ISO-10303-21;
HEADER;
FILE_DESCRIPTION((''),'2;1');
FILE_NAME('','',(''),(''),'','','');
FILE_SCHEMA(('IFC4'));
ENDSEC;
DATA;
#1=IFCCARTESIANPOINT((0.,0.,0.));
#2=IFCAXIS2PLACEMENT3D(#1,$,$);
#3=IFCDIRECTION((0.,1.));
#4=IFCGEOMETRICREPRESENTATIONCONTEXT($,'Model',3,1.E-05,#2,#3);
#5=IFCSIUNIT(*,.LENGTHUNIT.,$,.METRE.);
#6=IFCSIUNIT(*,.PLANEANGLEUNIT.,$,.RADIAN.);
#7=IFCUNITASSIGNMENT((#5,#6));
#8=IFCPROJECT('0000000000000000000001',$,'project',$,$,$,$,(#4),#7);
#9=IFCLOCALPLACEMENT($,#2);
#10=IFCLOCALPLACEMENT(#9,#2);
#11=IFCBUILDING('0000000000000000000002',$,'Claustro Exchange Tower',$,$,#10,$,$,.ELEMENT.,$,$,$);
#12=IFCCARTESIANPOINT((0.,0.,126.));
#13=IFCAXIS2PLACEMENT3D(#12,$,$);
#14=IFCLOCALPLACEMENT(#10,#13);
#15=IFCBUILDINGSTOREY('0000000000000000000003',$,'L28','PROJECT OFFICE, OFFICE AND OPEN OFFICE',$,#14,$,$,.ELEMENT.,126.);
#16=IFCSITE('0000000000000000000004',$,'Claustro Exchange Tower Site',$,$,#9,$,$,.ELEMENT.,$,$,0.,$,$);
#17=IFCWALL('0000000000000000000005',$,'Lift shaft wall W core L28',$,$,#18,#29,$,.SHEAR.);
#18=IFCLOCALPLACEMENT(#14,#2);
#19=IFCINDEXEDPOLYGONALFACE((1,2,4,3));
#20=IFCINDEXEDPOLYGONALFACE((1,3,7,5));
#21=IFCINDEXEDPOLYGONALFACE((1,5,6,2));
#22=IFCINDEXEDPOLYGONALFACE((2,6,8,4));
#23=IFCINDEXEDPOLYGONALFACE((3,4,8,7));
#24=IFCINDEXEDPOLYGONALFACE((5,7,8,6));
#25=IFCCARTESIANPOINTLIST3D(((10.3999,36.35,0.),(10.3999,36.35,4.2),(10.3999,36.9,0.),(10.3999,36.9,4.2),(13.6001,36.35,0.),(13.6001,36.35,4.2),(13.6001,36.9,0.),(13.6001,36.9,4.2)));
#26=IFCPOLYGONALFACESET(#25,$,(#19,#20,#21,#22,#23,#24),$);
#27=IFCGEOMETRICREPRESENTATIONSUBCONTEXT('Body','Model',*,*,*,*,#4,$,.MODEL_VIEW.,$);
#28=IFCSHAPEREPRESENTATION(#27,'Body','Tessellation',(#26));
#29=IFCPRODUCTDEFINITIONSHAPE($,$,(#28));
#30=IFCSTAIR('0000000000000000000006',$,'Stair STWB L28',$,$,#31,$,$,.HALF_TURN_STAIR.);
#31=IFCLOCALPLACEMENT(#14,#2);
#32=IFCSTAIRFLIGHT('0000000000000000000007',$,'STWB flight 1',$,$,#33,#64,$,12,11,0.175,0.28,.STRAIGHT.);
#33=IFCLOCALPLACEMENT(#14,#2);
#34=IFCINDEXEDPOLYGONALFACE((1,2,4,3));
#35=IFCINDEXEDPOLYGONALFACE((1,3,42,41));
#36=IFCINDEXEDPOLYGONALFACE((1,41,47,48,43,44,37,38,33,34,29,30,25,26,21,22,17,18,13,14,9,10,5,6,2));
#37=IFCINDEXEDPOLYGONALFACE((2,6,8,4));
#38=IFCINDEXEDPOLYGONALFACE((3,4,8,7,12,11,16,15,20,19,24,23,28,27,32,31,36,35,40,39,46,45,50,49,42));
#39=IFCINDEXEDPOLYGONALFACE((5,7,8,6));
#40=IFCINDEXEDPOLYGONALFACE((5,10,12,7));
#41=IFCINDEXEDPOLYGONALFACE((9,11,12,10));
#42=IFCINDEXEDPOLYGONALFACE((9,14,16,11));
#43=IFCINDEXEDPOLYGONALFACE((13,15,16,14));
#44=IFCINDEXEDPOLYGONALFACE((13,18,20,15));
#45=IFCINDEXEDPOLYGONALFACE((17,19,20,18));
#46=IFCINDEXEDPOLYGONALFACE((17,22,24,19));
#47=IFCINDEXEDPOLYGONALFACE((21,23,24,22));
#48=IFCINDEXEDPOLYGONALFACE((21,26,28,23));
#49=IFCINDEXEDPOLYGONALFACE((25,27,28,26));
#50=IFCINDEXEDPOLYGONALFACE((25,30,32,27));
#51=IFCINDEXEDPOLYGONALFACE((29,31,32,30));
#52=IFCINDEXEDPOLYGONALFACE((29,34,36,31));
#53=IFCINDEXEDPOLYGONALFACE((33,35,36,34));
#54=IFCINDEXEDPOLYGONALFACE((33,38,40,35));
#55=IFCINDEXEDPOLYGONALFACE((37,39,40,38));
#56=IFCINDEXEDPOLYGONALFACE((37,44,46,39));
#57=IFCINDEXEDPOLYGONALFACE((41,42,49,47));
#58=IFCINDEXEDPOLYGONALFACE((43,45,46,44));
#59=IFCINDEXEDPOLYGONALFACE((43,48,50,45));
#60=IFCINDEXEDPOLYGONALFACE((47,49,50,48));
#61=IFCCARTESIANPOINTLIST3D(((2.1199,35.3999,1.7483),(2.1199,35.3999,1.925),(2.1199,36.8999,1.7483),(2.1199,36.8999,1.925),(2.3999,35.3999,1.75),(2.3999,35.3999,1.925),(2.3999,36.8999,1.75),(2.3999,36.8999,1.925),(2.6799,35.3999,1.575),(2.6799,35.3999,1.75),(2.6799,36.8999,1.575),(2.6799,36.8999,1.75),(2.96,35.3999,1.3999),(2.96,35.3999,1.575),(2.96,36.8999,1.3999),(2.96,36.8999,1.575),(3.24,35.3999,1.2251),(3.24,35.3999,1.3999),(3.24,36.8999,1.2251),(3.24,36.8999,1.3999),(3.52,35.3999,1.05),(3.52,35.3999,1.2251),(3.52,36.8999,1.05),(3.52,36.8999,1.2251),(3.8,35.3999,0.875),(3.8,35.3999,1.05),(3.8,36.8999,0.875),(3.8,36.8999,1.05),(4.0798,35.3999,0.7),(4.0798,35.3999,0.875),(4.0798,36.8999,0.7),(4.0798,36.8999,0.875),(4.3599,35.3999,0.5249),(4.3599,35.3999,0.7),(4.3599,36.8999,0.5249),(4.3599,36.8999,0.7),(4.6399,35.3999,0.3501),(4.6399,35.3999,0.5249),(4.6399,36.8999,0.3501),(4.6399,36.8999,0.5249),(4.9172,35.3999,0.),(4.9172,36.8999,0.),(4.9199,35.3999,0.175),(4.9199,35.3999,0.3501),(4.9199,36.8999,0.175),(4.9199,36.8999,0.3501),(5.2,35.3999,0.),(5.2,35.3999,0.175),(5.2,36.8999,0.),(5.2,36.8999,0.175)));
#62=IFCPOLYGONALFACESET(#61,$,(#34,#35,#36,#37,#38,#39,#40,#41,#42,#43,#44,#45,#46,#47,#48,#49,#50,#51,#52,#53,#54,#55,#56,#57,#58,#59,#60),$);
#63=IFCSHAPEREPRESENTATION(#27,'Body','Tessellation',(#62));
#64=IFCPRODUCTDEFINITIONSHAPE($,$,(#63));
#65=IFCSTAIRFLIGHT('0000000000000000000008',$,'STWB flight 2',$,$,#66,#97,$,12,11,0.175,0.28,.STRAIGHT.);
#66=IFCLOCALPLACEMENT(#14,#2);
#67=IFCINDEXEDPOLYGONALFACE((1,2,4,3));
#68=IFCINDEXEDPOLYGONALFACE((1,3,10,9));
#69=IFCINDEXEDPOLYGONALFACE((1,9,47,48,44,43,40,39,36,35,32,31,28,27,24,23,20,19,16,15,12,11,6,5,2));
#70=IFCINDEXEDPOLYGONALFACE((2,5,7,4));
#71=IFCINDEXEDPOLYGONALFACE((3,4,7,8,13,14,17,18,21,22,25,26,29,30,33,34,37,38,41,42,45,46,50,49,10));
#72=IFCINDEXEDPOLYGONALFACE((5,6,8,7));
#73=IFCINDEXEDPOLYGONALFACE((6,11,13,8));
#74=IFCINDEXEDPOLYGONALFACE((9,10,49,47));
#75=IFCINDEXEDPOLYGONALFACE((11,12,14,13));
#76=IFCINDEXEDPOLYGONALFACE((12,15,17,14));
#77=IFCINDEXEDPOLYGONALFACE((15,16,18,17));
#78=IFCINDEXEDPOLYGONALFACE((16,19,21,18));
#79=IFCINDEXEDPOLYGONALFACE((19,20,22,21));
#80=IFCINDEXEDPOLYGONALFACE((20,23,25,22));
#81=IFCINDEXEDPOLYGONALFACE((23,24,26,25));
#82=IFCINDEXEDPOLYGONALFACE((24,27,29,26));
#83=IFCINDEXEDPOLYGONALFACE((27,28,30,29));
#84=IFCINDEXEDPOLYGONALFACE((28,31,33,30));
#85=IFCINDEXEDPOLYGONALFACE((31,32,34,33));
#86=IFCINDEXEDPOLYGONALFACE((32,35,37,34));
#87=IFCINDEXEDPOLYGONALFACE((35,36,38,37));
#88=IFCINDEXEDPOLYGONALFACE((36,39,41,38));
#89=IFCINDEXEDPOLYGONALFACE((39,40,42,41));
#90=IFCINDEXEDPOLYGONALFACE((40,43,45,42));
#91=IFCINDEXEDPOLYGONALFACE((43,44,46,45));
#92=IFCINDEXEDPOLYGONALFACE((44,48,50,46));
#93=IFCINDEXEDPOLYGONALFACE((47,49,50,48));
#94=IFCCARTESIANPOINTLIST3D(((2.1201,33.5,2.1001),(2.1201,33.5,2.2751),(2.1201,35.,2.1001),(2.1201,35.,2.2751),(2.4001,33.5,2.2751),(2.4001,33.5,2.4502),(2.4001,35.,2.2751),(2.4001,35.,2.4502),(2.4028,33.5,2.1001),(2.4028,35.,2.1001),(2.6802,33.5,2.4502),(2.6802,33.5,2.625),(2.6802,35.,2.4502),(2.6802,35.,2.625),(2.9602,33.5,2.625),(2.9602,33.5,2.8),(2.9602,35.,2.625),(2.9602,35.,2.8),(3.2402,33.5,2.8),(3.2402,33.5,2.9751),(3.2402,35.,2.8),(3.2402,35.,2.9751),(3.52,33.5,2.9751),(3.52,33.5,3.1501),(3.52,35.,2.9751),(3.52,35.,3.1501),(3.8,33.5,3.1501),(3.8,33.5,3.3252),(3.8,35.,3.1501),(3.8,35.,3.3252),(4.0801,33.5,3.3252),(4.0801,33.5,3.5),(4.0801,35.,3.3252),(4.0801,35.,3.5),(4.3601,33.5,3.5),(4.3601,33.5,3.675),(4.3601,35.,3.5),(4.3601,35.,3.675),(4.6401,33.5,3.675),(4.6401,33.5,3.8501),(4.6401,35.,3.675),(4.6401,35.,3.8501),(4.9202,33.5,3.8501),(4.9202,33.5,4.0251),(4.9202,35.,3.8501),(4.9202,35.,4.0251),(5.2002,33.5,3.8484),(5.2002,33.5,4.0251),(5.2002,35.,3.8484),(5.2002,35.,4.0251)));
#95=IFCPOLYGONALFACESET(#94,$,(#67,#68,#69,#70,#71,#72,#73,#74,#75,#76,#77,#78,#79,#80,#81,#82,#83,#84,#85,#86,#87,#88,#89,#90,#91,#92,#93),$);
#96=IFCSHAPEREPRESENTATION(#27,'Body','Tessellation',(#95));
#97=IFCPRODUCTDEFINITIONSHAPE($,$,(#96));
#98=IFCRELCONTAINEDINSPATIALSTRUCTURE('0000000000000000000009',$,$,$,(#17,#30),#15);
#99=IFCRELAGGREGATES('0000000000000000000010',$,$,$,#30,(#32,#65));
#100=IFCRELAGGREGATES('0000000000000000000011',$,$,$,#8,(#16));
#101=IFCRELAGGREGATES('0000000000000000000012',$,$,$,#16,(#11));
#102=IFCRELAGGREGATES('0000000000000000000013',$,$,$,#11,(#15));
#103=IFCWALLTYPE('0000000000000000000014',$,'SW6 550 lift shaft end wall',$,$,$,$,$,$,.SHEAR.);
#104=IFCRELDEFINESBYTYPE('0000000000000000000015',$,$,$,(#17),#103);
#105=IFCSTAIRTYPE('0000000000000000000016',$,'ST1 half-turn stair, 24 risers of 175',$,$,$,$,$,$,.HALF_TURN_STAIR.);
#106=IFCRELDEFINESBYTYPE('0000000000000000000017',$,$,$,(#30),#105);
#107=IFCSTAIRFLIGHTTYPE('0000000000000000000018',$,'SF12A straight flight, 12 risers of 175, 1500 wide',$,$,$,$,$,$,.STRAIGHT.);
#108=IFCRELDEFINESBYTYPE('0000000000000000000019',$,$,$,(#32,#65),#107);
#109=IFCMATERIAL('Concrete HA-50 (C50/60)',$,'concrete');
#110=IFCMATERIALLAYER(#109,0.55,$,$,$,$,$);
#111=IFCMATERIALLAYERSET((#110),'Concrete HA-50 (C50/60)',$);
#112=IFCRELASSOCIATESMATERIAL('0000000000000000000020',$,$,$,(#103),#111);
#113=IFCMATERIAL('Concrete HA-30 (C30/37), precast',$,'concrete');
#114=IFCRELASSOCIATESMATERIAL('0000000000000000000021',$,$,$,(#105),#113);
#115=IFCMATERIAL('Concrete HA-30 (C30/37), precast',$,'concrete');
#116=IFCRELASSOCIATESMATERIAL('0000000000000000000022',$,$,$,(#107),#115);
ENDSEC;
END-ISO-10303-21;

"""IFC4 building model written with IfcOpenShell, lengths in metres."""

from ifc_helpers import new_model, si_unit, direction, frame, frame_2d, origin, place, context, subcontext, project, spatial, polyline, rectangle, outline, extrude, material, layer, layer_set, type_object, element, aggregate, save


model = new_model("IFC4")

# Units and contexts
model_context = context("Model", 3, precision=1e-05, world=origin(), true_north=direction((0.0, 1.0)))
body_context = subcontext(model_context, "Body", "Model", "MODEL_VIEW")
ifc_project = project(units=[si_unit("LENGTHUNIT", "METRE"), si_unit("PLANEANGLEUNIT", "RADIAN")], contexts=[model_context])

# Site, building, storey
site_placement = place(None, origin())
site = spatial("IfcSite", under=ifc_project, at=site_placement, Name="Claustro Exchange Tower Site", CompositionType="ELEMENT", RefElevation=0.0)
building_placement = place(site_placement, origin())
building = spatial("IfcBuilding", under=site, at=building_placement, Name="Claustro Exchange Tower", CompositionType="ELEMENT")
storey_placement = place(building_placement, frame((0.0, 0.0, 126.0)))
storey = spatial("IfcBuildingStorey", under=building, at=storey_placement, Name="L28", Description="PROJECT OFFICE, OFFICE AND OPEN OFFICE", CompositionType="ELEMENT", Elevation=126.0)

# Wall
ifc_material_1 = material(Name="Concrete HA-50 (C50/60)", Category="concrete")
ifc_layer_1 = layer(ifc_material_1, 0.55)
ifc_layer_set_1 = layer_set([ifc_layer_1], Name="Concrete HA-50 (C50/60)")
wall_type_1 = type_object("IfcWallType", Name="SW6 550 lift shaft end wall", PredefinedType="SHEAR", material=ifc_layer_set_1)
wall_1_placement = place(storey_placement, frame((10.3999, 36.625, 0.0), z_axis=(0.0, 0.0, 1.0), x_axis=(1.0, 0.0, 0.0)))
element("IfcWall", 1, at=wall_1_placement, inside=storey, type_object=wall_type_1, Name="Lift shaft wall W core L28", PredefinedType="SHEAR", context=body_context, shape_type="SweptSolid", body=[
    extrude(rectangle(XDim=3.2002, YDim=0.55, at=frame_2d((1.6001, 0.0))), origin(), (0.0, 0.0, 1.0), 4.2),
])

# Stair, stair flights
ifc_material_2 = material(Name="Concrete HA-30 (C30/37), precast", Category="concrete")
stair_type = type_object("IfcStairType", Name="ST1 half-turn stair, 24 risers of 175", PredefinedType="HALF_TURN_STAIR", material=ifc_material_2)
stair_placement = place(storey_placement, origin())
stair = element("IfcStair", 2, at=stair_placement, inside=storey, type_object=stair_type, Name="Stair STWB L28", PredefinedType="HALF_TURN_STAIR")
ifc_material_3 = material(Name="Concrete HA-30 (C30/37), precast", Category="concrete")
stair_flight_type = type_object("IfcStairFlightType", Name="SF12A straight flight, 12 risers of 175, 1500 wide", PredefinedType="STRAIGHT", material=ifc_material_3)
stair_flight_1_placement = place(storey_placement, frame((5.2, 36.1499, 0.0), z_axis=(0.0, 0.0, 1.0), x_axis=(-1.0, 0.0, 0.0)))
stair_flight_1 = element("IfcStairFlight", 3, at=stair_flight_1_placement, type_object=stair_flight_type, Name="STWB flight 1", NumberOfRisers=12, NumberOfTreads=11, PredefinedType="STRAIGHT", RiserHeight=0.175, TreadLength=0.28, context=body_context, shape_type="SweptSolid", body=[
    extrude(outline(polyline([(0.0, 0.0), (0.0, 0.175), (0.28, 0.175), (0.28, 0.3501), (0.5601, 0.3501), (0.5601, 0.5249), (0.8401, 0.5249), (0.8401, 0.7), (1.1201, 0.7), (1.1201, 0.875), (1.3999, 0.875), (1.3999, 1.05), (1.6799, 1.05), (1.6799, 1.2251), (1.96, 1.2251), (1.96, 1.3999), (2.24, 1.3999), (2.24, 1.575), (2.52, 1.575), (2.52, 1.75), (2.8, 1.75), (2.8, 1.925), (3.0801, 1.925), (3.0801, 2.1001), (3.0801, 1.7483), (0.2827, 0.0), (0.0, 0.0)])), frame((0.0, 0.75, 0.0), z_axis=(0.0, -1.0, 0.0), x_axis=(1.0, 0.0, 0.0)), (0.0, 0.0, 1.0), 1.5),
])
stair_flight_2_placement = place(storey_placement, frame((2.1201, 34.25, 2.1001), z_axis=(0.0, 0.0, 1.0), x_axis=(1.0, 0.0, 0.0)))
stair_flight_2 = element("IfcStairFlight", 4, at=stair_flight_2_placement, type_object=stair_flight_type, Name="STWB flight 2", NumberOfRisers=12, NumberOfTreads=11, PredefinedType="STRAIGHT", RiserHeight=0.175, TreadLength=0.28, context=body_context, shape_type="SweptSolid", body=[
    extrude(outline(polyline([(0.0, 0.0), (0.0, 0.175), (0.28, 0.175), (0.28, 0.3501), (0.5601, 0.3501), (0.5601, 0.5249), (0.8401, 0.5249), (0.8401, 0.7), (1.1201, 0.7), (1.1201, 0.875), (1.3999, 0.875), (1.3999, 1.05), (1.6799, 1.05), (1.6799, 1.2251), (1.96, 1.2251), (1.96, 1.3999), (2.24, 1.3999), (2.24, 1.575), (2.52, 1.575), (2.52, 1.75), (2.8, 1.75), (2.8, 1.925), (3.0801, 1.925), (3.0801, 2.1001), (3.0801, 1.7483), (0.2827, 0.0), (0.0, 0.0)])), frame((0.0, 0.75, 0.0), z_axis=(0.0, -1.0, 0.0), x_axis=(1.0, 0.0, 0.0)), (0.0, 0.0, 1.0), 1.5),
])
aggregate(stair, [stair_flight_1, stair_flight_2])

save(model, "model.ifc")
